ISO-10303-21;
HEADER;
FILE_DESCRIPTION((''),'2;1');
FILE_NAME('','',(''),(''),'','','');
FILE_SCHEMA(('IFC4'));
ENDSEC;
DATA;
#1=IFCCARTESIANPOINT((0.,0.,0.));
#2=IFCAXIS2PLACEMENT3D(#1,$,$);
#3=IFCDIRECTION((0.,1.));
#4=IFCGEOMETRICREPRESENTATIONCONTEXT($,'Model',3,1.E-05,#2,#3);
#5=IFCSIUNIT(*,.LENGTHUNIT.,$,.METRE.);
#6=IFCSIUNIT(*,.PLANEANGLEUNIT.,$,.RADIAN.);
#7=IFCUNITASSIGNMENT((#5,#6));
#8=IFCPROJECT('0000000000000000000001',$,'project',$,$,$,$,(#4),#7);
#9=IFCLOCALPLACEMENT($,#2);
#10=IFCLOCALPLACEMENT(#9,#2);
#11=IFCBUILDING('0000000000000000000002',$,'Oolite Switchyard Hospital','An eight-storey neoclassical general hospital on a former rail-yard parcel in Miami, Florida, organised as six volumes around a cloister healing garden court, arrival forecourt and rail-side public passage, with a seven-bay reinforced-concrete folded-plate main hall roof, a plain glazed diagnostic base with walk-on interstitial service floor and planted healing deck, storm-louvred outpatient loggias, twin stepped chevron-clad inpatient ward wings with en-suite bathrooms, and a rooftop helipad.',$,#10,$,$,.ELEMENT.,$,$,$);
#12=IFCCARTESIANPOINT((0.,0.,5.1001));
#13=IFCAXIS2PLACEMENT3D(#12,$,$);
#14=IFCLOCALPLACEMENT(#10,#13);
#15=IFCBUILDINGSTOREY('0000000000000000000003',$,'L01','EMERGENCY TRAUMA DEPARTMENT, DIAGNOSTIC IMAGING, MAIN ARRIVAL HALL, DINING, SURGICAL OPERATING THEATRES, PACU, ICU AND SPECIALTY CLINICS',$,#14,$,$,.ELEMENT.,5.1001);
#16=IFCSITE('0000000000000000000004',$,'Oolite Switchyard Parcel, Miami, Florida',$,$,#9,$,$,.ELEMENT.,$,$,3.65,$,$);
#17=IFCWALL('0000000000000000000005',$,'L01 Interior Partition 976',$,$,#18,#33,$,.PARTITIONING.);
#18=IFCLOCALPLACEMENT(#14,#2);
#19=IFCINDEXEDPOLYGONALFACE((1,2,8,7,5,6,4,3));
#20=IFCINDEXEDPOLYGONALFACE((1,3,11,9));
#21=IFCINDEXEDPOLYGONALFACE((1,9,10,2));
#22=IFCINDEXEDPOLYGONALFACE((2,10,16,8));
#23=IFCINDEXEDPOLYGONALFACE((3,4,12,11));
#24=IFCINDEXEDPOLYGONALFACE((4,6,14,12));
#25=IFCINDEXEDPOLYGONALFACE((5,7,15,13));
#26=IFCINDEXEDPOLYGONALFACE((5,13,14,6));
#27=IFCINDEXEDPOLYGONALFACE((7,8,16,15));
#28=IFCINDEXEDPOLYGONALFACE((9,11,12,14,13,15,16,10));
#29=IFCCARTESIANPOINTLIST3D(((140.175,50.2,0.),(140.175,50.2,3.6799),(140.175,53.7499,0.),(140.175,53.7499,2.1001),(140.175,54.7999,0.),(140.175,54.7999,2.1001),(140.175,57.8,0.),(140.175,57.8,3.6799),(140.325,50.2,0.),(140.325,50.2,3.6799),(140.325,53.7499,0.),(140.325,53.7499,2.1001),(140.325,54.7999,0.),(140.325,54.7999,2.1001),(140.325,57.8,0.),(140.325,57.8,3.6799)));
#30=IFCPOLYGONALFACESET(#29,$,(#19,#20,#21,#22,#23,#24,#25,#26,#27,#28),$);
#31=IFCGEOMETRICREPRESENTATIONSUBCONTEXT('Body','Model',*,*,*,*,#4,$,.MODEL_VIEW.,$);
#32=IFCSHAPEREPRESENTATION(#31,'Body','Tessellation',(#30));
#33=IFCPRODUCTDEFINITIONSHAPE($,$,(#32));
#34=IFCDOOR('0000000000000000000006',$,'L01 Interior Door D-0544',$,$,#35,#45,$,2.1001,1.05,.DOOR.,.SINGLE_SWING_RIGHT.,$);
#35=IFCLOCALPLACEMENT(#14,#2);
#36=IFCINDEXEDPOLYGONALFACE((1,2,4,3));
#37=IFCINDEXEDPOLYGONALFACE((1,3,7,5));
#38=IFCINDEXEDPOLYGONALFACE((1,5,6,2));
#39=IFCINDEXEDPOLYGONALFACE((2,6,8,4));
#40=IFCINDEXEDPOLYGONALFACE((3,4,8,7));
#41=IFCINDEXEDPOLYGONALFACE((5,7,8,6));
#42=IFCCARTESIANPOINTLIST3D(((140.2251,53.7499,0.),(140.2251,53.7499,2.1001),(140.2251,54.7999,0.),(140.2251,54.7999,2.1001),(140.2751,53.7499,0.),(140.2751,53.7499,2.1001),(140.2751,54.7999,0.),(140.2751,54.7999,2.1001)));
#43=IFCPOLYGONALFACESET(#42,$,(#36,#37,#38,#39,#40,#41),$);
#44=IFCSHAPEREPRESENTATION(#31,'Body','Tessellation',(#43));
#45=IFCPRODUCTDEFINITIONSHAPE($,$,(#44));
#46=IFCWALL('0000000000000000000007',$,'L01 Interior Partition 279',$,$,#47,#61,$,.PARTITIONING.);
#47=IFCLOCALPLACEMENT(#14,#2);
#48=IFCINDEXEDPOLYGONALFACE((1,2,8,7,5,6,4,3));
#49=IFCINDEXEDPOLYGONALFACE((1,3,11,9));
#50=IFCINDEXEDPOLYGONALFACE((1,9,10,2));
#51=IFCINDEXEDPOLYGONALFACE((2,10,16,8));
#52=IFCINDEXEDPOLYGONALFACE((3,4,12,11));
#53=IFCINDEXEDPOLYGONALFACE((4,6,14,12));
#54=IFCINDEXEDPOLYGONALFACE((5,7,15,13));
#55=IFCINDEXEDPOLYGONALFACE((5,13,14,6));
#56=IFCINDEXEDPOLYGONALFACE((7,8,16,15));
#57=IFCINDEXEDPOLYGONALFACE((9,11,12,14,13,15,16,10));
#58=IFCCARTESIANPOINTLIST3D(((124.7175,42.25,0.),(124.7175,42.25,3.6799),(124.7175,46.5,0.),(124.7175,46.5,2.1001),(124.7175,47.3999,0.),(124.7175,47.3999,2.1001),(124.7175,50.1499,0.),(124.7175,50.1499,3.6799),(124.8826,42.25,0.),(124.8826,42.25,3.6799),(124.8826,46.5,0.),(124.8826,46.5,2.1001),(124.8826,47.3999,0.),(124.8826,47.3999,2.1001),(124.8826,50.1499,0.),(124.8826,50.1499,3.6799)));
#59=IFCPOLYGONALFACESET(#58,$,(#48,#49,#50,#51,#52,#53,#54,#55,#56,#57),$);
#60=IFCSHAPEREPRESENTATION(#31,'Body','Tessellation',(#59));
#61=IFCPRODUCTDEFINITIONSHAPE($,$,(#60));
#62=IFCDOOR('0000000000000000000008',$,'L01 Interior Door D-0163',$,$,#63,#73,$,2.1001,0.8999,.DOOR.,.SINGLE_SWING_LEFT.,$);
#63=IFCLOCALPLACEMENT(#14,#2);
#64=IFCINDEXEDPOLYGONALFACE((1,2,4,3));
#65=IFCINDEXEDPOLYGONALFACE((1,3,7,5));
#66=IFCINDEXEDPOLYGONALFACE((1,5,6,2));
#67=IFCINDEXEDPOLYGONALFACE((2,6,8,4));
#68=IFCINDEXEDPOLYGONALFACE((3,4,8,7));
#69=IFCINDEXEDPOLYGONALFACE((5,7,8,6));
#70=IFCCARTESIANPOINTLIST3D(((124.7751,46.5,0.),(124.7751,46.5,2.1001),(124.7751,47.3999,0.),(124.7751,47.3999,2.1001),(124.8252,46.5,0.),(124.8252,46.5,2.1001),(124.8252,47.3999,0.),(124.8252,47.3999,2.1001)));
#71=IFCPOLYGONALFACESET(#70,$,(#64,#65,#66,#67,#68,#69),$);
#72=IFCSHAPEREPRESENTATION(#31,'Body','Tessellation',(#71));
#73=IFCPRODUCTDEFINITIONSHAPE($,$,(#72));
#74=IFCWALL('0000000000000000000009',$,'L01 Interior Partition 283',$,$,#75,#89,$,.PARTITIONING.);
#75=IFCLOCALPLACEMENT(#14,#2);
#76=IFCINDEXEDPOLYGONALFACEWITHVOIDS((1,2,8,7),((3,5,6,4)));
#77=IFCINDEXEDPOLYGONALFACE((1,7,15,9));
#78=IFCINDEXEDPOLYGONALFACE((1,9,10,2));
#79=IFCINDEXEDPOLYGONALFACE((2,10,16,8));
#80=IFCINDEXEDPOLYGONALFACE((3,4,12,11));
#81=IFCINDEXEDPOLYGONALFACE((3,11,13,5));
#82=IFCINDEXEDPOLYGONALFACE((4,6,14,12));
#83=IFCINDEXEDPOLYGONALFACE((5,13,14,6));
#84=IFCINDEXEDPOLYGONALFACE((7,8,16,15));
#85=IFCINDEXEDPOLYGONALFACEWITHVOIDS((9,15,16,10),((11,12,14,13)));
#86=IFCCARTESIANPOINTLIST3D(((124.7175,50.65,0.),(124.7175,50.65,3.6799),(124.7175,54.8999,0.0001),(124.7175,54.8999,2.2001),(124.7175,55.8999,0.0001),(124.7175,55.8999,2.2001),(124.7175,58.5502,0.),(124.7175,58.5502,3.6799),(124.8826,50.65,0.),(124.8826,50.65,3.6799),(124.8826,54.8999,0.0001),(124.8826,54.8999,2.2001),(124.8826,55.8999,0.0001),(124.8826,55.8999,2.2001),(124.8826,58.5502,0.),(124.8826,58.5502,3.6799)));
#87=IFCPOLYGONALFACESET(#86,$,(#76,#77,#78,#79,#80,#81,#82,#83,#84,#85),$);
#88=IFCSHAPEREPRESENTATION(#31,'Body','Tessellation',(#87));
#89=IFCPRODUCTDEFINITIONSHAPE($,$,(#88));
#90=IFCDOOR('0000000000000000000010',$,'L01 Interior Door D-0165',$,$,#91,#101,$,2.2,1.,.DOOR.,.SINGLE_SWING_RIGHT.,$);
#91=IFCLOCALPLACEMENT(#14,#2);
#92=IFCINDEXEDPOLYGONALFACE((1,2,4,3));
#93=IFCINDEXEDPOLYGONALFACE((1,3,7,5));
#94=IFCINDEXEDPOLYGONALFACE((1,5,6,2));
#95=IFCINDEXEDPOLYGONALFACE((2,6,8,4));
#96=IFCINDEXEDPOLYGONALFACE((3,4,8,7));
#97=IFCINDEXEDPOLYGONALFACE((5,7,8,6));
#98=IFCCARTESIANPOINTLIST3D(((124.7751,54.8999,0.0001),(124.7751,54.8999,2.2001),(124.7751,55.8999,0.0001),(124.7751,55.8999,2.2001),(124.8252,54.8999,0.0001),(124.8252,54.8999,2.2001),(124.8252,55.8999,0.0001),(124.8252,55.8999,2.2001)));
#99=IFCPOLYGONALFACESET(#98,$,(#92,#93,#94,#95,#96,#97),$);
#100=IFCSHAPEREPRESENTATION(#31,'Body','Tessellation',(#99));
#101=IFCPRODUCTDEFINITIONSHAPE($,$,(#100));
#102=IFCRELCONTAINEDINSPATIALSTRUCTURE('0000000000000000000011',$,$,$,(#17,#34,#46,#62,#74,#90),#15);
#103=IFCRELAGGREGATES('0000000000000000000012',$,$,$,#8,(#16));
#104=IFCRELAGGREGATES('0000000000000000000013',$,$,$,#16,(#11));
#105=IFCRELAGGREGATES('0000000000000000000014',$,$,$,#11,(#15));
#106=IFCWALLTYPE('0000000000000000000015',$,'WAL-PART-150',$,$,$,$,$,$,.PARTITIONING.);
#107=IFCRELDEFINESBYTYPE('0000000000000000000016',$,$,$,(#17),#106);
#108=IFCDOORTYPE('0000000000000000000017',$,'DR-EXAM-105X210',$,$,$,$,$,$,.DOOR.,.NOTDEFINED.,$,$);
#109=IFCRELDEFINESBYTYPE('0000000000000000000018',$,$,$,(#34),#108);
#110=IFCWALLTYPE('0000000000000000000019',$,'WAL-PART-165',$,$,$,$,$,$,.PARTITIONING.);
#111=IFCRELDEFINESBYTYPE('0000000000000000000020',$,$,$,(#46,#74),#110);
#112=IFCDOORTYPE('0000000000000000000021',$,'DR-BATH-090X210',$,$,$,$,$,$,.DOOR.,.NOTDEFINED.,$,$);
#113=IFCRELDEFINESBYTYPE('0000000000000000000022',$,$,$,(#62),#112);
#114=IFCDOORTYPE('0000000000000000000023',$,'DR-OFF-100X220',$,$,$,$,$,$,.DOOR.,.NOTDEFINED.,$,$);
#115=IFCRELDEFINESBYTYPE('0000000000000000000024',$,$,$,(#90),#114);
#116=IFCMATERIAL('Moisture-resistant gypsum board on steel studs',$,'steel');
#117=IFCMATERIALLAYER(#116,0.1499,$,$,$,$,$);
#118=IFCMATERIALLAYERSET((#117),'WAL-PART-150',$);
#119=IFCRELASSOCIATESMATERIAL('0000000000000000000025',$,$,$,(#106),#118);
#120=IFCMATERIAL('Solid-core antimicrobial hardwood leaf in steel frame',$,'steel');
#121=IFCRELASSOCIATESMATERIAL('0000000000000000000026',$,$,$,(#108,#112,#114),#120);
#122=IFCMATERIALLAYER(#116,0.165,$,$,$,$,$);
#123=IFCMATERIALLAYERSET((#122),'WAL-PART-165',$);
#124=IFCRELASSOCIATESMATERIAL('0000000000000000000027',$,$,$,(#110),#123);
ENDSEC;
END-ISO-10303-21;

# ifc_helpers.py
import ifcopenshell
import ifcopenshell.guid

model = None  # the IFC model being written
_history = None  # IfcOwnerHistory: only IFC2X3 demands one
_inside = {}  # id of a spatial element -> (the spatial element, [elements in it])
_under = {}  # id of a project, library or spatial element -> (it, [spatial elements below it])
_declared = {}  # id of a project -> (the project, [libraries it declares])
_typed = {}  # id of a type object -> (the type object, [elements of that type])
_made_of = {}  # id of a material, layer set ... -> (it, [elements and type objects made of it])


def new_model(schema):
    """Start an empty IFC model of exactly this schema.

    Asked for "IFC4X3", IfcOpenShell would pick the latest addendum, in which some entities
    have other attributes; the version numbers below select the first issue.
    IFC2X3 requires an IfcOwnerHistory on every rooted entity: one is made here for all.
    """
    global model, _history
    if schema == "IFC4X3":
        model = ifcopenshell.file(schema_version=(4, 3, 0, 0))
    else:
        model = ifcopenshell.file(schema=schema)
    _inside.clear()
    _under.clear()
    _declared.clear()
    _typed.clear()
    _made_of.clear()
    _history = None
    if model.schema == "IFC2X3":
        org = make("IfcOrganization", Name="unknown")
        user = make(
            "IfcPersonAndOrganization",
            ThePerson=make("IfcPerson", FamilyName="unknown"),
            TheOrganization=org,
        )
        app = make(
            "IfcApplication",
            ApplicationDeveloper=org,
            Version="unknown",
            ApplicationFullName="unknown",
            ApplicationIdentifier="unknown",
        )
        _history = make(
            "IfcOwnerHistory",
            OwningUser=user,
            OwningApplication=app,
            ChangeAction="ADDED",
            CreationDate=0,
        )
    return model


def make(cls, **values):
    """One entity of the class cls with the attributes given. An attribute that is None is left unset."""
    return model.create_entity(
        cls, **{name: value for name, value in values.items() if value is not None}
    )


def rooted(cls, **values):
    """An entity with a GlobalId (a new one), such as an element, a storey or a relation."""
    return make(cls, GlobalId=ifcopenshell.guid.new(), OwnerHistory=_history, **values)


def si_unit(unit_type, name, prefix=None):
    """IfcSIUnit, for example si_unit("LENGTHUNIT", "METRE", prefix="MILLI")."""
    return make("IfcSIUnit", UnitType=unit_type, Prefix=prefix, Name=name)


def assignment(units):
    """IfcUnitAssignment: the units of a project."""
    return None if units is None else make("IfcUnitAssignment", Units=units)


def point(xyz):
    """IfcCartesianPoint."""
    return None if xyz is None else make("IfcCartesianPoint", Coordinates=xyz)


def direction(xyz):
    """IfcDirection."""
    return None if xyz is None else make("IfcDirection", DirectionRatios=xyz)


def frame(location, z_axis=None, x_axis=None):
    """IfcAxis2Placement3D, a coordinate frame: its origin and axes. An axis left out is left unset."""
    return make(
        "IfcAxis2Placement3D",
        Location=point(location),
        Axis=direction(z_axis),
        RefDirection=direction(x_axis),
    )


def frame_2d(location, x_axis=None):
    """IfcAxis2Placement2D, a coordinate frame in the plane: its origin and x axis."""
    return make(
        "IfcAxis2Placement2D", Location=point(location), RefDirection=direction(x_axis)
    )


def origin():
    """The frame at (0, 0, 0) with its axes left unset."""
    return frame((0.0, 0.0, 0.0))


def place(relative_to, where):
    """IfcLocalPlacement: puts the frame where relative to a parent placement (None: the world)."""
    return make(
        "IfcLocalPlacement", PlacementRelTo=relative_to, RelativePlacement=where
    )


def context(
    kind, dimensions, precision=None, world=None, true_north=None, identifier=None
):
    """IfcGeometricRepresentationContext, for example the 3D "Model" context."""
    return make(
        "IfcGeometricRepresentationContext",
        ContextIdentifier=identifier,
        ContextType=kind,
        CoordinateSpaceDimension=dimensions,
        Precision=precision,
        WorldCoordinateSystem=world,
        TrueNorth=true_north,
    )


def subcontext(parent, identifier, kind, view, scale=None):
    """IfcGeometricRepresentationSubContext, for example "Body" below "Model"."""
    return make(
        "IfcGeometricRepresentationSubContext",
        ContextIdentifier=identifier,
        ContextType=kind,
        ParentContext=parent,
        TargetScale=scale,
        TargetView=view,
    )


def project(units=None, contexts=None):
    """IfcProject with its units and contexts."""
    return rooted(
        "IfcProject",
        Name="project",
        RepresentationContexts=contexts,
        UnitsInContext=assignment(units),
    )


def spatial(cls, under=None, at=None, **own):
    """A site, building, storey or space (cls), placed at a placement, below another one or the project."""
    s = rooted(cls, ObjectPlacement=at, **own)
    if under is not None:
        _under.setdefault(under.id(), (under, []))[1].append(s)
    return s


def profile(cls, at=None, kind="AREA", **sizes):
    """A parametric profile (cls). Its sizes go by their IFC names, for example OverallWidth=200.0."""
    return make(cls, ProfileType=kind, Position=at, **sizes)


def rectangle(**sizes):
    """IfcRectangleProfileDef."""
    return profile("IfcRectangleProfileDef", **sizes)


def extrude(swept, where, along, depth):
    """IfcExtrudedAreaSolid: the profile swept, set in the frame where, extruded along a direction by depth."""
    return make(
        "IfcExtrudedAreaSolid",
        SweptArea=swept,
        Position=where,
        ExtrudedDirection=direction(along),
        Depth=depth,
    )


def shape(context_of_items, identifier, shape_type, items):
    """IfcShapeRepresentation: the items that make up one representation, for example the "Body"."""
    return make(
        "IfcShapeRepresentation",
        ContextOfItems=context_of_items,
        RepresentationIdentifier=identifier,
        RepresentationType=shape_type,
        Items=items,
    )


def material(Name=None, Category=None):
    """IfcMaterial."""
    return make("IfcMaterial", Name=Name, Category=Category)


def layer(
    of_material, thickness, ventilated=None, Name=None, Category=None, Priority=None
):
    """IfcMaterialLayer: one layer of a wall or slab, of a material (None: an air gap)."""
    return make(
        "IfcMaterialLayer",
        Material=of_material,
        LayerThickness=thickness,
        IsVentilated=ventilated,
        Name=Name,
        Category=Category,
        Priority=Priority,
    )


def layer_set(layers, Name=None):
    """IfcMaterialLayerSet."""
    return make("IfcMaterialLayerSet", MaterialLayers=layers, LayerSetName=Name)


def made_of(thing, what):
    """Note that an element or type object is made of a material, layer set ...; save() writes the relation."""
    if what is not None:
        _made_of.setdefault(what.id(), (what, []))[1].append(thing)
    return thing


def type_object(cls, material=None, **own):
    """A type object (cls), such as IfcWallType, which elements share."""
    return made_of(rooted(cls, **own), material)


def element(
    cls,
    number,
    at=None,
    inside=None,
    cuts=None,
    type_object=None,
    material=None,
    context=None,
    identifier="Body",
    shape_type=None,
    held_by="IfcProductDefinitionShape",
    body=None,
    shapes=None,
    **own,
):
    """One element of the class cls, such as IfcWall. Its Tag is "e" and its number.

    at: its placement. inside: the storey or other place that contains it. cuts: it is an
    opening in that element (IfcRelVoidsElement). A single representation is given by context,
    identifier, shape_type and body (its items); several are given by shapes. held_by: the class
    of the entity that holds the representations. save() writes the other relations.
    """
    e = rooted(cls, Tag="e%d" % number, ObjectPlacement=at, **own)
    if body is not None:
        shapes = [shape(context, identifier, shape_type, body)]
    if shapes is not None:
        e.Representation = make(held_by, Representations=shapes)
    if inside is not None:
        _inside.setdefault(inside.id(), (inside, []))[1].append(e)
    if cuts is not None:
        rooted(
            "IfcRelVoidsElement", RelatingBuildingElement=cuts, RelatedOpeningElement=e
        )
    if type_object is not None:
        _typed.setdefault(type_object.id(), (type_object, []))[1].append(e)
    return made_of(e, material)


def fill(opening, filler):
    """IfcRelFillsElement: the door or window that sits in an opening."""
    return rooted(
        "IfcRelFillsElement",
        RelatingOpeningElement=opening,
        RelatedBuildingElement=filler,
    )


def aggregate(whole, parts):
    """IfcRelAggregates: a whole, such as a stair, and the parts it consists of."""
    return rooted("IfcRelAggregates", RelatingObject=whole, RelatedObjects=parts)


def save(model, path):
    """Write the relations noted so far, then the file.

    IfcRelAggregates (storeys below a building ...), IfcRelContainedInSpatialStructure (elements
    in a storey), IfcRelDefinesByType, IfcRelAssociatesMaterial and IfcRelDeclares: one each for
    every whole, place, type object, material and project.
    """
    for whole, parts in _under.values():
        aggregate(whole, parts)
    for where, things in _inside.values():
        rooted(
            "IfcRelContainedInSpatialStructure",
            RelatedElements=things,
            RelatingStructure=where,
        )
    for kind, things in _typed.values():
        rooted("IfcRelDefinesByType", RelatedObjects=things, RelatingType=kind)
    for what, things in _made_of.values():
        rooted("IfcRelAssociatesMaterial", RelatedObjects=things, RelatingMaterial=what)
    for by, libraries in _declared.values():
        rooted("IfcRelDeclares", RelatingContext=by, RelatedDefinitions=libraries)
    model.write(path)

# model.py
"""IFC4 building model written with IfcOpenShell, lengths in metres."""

from ifc_helpers import new_model, si_unit, direction, frame, frame_2d, origin, place, context, subcontext, project, spatial, rectangle, extrude, material, layer, layer_set, type_object, element, fill, save


model = new_model("IFC4")

# Units and contexts
model_context = context("Model", 3, precision=1e-05, world=origin(), true_north=direction((0.0, 1.0)))
body_context = subcontext(model_context, "Body", "Model", "MODEL_VIEW")
ifc_project = project(units=[si_unit("LENGTHUNIT", "METRE"), si_unit("PLANEANGLEUNIT", "RADIAN")], contexts=[model_context])

# Site, building, storey
site_placement = place(None, origin())
site = spatial("IfcSite", under=ifc_project, at=site_placement, Name="Oolite Switchyard Parcel, Miami, Florida", CompositionType="ELEMENT", RefElevation=3.65)
building_placement = place(site_placement, origin())
building = spatial("IfcBuilding", under=site, at=building_placement, Name="Oolite Switchyard Hospital", Description="An eight-storey neoclassical general hospital on a former rail-yard parcel in Miami, Florida, organised as six volumes around a cloister healing garden court, arrival forecourt and rail-side public passage, with a seven-bay reinforced-concrete folded-plate main hall roof, a plain glazed diagnostic base with walk-on interstitial service floor and planted healing deck, storm-louvred outpatient loggias, twin stepped chevron-clad inpatient ward wings with en-suite bathrooms, and a rooftop helipad.", CompositionType="ELEMENT")
storey_placement = place(building_placement, frame((0.0, 0.0, 5.1001)))
storey = spatial("IfcBuildingStorey", under=building, at=storey_placement, Name="L01", Description="EMERGENCY TRAUMA DEPARTMENT, DIAGNOSTIC IMAGING, MAIN ARRIVAL HALL, DINING, SURGICAL OPERATING THEATRES, PACU, ICU AND SPECIALTY CLINICS", CompositionType="ELEMENT", Elevation=5.1001)

# Shared definitions
ifc_material_1 = material(Name="Moisture-resistant gypsum board on steel studs", Category="steel")

# Walls, openings, doors
ifc_layer_1 = layer(ifc_material_1, 0.1499)
ifc_layer_set_1 = layer_set([ifc_layer_1], Name="WAL-PART-150")
wall_type_1 = type_object("IfcWallType", Name="WAL-PART-150", PredefinedType="PARTITIONING", material=ifc_layer_set_1)
ifc_material_2 = material(Name="Solid-core antimicrobial hardwood leaf in steel frame", Category="steel")
door_type_1 = type_object("IfcDoorType", Name="DR-EXAM-105X210", OperationType="NOTDEFINED", PredefinedType="DOOR", material=ifc_material_2)
wall_1_placement = place(storey_placement, frame((140.25, 50.2, 0.0), z_axis=(0.0, 0.0, 1.0), x_axis=(0.0, 1.0, 0.0)))
wall_1 = element("IfcWall", 1, at=wall_1_placement, inside=storey, type_object=wall_type_1, Name="L01 Interior Partition 976", PredefinedType="PARTITIONING", context=body_context, shape_type="SweptSolid", body=[
    extrude(rectangle(XDim=7.6001, YDim=0.1499, at=frame_2d((3.8, 0.0))), origin(), (0.0, 0.0, 1.0), 3.6799),
])
opening_1_placement = place(wall_1_placement, frame((3.55, 0.0, 0.0)))
opening_1 = element("IfcOpeningElement", 2, at=opening_1_placement, cuts=wall_1, PredefinedType="OPENING", context=body_context, shape_type="SweptSolid", body=[
    extrude(rectangle(XDim=1.05, YDim=2.1001, at=frame_2d((0.5249, 1.05))), frame((0.0, 0.085, 0.0), z_axis=(0.0, -1.0, 0.0), x_axis=(1.0, 0.0, 0.0)), (0.0, 0.0, 1.0), 0.1699),
])
door_1_placement = place(opening_1_placement, origin())
door_1 = element("IfcDoor", 3, at=door_1_placement, inside=storey, type_object=door_type_1, Name="L01 Interior Door D-0544", OperationType="SINGLE_SWING_RIGHT", OverallHeight=2.1001, OverallWidth=1.05, PredefinedType="DOOR", context=body_context, shape_type="SweptSolid", body=[
    extrude(rectangle(XDim=1.05, YDim=2.1001, at=frame_2d((0.5249, 1.05))), frame((0.0, 0.0249, 0.0), z_axis=(0.0, -1.0, 0.0), x_axis=(1.0, 0.0, 0.0)), (0.0, 0.0, 1.0), 0.05),
])
fill(opening_1, door_1)
ifc_layer_2 = layer(ifc_material_1, 0.165)
ifc_layer_set_2 = layer_set([ifc_layer_2], Name="WAL-PART-165")
wall_type_2 = type_object("IfcWallType", Name="WAL-PART-165", PredefinedType="PARTITIONING", material=ifc_layer_set_2)
wall_2_placement = place(storey_placement, frame((124.8, 42.25, 0.0), z_axis=(0.0, 0.0, 1.0), x_axis=(0.0, 1.0, 0.0)))
wall_2 = element("IfcWall", 4, at=wall_2_placement, inside=storey, type_object=wall_type_2, Name="L01 Interior Partition 279", PredefinedType="PARTITIONING", context=body_context, shape_type="SweptSolid", body=[
    extrude(rectangle(XDim=7.8999, YDim=0.165, at=frame_2d((3.95, 0.0))), origin(), (0.0, 0.0, 1.0), 3.6799),
])
opening_2_placement = place(wall_2_placement, frame((4.25, 0.0, 0.0)))
opening_2 = element("IfcOpeningElement", 5, at=opening_2_placement, cuts=wall_2, PredefinedType="OPENING", context=body_context, shape_type="SweptSolid", body=[
    extrude(rectangle(XDim=0.8999, YDim=2.1001, at=frame_2d((0.45, 1.05))), frame((0.0, 0.0925, 0.0), z_axis=(0.0, -1.0, 0.0), x_axis=(1.0, 0.0, 0.0)), (0.0, 0.0, 1.0), 0.1851),
])
door_type_2 = type_object("IfcDoorType", Name="DR-BATH-090X210", OperationType="NOTDEFINED", PredefinedType="DOOR", material=ifc_material_2)
door_2_placement = place(opening_2_placement, origin())
door_2 = element("IfcDoor", 6, at=door_2_placement, inside=storey, type_object=door_type_2, Name="L01 Interior Door D-0163", OperationType="SINGLE_SWING_LEFT", OverallHeight=2.1001, OverallWidth=0.8999, PredefinedType="DOOR", context=body_context, shape_type="SweptSolid", body=[
    extrude(rectangle(XDim=0.8999, YDim=2.1001, at=frame_2d((0.45, 1.05))), frame((0.0, 0.0249, 0.0), z_axis=(0.0, -1.0, 0.0), x_axis=(1.0, 0.0, 0.0)), (0.0, 0.0, 1.0), 0.05),
])
fill(opening_2, door_2)
wall_3_placement = place(storey_placement, frame((124.8, 50.6499, 0.0), z_axis=(0.0, 0.0, 1.0), x_axis=(0.0, 1.0, 0.0)))
wall_3 = element("IfcWall", 7, at=wall_3_placement, inside=storey, type_object=wall_type_2, Name="L01 Interior Partition 283", PredefinedType="PARTITIONING", context=body_context, shape_type="SweptSolid", body=[
    extrude(rectangle(XDim=7.9001, YDim=0.165, at=frame_2d((3.9502, 0.0))), origin(), (0.0, 0.0, 1.0), 3.6799),
])
opening_3_placement = place(wall_3_placement, frame((4.25, 0.0, 0.0)))
opening_3 = element("IfcOpeningElement", 8, at=opening_3_placement, cuts=wall_3, PredefinedType="OPENING", context=body_context, shape_type="SweptSolid", body=[
    extrude(rectangle(XDim=1.0, YDim=2.2, at=frame_2d((0.5, 1.1001))), frame((0.0, 0.0925, 0.0), z_axis=(0.0, -1.0, 0.0), x_axis=(1.0, 0.0, 0.0)), (0.0, 0.0, 1.0), 0.1851),
])
door_type_3 = type_object("IfcDoorType", Name="DR-OFF-100X220", OperationType="NOTDEFINED", PredefinedType="DOOR", material=ifc_material_2)
door_3_placement = place(opening_3_placement, origin())
door_3 = element("IfcDoor", 9, at=door_3_placement, inside=storey, type_object=door_type_3, Name="L01 Interior Door D-0165", OperationType="SINGLE_SWING_RIGHT", OverallHeight=2.2, OverallWidth=1.0, PredefinedType="DOOR", context=body_context, shape_type="SweptSolid", body=[
    extrude(rectangle(XDim=1.0, YDim=2.2, at=frame_2d((0.5, 1.1001))), frame((0.0, 0.0249, 0.0), z_axis=(0.0, -1.0, 0.0), x_axis=(1.0, 0.0, 0.0)), (0.0, 0.0, 1.0), 0.05),
])
fill(opening_3, door_3)

save(model, "model.ifc")
